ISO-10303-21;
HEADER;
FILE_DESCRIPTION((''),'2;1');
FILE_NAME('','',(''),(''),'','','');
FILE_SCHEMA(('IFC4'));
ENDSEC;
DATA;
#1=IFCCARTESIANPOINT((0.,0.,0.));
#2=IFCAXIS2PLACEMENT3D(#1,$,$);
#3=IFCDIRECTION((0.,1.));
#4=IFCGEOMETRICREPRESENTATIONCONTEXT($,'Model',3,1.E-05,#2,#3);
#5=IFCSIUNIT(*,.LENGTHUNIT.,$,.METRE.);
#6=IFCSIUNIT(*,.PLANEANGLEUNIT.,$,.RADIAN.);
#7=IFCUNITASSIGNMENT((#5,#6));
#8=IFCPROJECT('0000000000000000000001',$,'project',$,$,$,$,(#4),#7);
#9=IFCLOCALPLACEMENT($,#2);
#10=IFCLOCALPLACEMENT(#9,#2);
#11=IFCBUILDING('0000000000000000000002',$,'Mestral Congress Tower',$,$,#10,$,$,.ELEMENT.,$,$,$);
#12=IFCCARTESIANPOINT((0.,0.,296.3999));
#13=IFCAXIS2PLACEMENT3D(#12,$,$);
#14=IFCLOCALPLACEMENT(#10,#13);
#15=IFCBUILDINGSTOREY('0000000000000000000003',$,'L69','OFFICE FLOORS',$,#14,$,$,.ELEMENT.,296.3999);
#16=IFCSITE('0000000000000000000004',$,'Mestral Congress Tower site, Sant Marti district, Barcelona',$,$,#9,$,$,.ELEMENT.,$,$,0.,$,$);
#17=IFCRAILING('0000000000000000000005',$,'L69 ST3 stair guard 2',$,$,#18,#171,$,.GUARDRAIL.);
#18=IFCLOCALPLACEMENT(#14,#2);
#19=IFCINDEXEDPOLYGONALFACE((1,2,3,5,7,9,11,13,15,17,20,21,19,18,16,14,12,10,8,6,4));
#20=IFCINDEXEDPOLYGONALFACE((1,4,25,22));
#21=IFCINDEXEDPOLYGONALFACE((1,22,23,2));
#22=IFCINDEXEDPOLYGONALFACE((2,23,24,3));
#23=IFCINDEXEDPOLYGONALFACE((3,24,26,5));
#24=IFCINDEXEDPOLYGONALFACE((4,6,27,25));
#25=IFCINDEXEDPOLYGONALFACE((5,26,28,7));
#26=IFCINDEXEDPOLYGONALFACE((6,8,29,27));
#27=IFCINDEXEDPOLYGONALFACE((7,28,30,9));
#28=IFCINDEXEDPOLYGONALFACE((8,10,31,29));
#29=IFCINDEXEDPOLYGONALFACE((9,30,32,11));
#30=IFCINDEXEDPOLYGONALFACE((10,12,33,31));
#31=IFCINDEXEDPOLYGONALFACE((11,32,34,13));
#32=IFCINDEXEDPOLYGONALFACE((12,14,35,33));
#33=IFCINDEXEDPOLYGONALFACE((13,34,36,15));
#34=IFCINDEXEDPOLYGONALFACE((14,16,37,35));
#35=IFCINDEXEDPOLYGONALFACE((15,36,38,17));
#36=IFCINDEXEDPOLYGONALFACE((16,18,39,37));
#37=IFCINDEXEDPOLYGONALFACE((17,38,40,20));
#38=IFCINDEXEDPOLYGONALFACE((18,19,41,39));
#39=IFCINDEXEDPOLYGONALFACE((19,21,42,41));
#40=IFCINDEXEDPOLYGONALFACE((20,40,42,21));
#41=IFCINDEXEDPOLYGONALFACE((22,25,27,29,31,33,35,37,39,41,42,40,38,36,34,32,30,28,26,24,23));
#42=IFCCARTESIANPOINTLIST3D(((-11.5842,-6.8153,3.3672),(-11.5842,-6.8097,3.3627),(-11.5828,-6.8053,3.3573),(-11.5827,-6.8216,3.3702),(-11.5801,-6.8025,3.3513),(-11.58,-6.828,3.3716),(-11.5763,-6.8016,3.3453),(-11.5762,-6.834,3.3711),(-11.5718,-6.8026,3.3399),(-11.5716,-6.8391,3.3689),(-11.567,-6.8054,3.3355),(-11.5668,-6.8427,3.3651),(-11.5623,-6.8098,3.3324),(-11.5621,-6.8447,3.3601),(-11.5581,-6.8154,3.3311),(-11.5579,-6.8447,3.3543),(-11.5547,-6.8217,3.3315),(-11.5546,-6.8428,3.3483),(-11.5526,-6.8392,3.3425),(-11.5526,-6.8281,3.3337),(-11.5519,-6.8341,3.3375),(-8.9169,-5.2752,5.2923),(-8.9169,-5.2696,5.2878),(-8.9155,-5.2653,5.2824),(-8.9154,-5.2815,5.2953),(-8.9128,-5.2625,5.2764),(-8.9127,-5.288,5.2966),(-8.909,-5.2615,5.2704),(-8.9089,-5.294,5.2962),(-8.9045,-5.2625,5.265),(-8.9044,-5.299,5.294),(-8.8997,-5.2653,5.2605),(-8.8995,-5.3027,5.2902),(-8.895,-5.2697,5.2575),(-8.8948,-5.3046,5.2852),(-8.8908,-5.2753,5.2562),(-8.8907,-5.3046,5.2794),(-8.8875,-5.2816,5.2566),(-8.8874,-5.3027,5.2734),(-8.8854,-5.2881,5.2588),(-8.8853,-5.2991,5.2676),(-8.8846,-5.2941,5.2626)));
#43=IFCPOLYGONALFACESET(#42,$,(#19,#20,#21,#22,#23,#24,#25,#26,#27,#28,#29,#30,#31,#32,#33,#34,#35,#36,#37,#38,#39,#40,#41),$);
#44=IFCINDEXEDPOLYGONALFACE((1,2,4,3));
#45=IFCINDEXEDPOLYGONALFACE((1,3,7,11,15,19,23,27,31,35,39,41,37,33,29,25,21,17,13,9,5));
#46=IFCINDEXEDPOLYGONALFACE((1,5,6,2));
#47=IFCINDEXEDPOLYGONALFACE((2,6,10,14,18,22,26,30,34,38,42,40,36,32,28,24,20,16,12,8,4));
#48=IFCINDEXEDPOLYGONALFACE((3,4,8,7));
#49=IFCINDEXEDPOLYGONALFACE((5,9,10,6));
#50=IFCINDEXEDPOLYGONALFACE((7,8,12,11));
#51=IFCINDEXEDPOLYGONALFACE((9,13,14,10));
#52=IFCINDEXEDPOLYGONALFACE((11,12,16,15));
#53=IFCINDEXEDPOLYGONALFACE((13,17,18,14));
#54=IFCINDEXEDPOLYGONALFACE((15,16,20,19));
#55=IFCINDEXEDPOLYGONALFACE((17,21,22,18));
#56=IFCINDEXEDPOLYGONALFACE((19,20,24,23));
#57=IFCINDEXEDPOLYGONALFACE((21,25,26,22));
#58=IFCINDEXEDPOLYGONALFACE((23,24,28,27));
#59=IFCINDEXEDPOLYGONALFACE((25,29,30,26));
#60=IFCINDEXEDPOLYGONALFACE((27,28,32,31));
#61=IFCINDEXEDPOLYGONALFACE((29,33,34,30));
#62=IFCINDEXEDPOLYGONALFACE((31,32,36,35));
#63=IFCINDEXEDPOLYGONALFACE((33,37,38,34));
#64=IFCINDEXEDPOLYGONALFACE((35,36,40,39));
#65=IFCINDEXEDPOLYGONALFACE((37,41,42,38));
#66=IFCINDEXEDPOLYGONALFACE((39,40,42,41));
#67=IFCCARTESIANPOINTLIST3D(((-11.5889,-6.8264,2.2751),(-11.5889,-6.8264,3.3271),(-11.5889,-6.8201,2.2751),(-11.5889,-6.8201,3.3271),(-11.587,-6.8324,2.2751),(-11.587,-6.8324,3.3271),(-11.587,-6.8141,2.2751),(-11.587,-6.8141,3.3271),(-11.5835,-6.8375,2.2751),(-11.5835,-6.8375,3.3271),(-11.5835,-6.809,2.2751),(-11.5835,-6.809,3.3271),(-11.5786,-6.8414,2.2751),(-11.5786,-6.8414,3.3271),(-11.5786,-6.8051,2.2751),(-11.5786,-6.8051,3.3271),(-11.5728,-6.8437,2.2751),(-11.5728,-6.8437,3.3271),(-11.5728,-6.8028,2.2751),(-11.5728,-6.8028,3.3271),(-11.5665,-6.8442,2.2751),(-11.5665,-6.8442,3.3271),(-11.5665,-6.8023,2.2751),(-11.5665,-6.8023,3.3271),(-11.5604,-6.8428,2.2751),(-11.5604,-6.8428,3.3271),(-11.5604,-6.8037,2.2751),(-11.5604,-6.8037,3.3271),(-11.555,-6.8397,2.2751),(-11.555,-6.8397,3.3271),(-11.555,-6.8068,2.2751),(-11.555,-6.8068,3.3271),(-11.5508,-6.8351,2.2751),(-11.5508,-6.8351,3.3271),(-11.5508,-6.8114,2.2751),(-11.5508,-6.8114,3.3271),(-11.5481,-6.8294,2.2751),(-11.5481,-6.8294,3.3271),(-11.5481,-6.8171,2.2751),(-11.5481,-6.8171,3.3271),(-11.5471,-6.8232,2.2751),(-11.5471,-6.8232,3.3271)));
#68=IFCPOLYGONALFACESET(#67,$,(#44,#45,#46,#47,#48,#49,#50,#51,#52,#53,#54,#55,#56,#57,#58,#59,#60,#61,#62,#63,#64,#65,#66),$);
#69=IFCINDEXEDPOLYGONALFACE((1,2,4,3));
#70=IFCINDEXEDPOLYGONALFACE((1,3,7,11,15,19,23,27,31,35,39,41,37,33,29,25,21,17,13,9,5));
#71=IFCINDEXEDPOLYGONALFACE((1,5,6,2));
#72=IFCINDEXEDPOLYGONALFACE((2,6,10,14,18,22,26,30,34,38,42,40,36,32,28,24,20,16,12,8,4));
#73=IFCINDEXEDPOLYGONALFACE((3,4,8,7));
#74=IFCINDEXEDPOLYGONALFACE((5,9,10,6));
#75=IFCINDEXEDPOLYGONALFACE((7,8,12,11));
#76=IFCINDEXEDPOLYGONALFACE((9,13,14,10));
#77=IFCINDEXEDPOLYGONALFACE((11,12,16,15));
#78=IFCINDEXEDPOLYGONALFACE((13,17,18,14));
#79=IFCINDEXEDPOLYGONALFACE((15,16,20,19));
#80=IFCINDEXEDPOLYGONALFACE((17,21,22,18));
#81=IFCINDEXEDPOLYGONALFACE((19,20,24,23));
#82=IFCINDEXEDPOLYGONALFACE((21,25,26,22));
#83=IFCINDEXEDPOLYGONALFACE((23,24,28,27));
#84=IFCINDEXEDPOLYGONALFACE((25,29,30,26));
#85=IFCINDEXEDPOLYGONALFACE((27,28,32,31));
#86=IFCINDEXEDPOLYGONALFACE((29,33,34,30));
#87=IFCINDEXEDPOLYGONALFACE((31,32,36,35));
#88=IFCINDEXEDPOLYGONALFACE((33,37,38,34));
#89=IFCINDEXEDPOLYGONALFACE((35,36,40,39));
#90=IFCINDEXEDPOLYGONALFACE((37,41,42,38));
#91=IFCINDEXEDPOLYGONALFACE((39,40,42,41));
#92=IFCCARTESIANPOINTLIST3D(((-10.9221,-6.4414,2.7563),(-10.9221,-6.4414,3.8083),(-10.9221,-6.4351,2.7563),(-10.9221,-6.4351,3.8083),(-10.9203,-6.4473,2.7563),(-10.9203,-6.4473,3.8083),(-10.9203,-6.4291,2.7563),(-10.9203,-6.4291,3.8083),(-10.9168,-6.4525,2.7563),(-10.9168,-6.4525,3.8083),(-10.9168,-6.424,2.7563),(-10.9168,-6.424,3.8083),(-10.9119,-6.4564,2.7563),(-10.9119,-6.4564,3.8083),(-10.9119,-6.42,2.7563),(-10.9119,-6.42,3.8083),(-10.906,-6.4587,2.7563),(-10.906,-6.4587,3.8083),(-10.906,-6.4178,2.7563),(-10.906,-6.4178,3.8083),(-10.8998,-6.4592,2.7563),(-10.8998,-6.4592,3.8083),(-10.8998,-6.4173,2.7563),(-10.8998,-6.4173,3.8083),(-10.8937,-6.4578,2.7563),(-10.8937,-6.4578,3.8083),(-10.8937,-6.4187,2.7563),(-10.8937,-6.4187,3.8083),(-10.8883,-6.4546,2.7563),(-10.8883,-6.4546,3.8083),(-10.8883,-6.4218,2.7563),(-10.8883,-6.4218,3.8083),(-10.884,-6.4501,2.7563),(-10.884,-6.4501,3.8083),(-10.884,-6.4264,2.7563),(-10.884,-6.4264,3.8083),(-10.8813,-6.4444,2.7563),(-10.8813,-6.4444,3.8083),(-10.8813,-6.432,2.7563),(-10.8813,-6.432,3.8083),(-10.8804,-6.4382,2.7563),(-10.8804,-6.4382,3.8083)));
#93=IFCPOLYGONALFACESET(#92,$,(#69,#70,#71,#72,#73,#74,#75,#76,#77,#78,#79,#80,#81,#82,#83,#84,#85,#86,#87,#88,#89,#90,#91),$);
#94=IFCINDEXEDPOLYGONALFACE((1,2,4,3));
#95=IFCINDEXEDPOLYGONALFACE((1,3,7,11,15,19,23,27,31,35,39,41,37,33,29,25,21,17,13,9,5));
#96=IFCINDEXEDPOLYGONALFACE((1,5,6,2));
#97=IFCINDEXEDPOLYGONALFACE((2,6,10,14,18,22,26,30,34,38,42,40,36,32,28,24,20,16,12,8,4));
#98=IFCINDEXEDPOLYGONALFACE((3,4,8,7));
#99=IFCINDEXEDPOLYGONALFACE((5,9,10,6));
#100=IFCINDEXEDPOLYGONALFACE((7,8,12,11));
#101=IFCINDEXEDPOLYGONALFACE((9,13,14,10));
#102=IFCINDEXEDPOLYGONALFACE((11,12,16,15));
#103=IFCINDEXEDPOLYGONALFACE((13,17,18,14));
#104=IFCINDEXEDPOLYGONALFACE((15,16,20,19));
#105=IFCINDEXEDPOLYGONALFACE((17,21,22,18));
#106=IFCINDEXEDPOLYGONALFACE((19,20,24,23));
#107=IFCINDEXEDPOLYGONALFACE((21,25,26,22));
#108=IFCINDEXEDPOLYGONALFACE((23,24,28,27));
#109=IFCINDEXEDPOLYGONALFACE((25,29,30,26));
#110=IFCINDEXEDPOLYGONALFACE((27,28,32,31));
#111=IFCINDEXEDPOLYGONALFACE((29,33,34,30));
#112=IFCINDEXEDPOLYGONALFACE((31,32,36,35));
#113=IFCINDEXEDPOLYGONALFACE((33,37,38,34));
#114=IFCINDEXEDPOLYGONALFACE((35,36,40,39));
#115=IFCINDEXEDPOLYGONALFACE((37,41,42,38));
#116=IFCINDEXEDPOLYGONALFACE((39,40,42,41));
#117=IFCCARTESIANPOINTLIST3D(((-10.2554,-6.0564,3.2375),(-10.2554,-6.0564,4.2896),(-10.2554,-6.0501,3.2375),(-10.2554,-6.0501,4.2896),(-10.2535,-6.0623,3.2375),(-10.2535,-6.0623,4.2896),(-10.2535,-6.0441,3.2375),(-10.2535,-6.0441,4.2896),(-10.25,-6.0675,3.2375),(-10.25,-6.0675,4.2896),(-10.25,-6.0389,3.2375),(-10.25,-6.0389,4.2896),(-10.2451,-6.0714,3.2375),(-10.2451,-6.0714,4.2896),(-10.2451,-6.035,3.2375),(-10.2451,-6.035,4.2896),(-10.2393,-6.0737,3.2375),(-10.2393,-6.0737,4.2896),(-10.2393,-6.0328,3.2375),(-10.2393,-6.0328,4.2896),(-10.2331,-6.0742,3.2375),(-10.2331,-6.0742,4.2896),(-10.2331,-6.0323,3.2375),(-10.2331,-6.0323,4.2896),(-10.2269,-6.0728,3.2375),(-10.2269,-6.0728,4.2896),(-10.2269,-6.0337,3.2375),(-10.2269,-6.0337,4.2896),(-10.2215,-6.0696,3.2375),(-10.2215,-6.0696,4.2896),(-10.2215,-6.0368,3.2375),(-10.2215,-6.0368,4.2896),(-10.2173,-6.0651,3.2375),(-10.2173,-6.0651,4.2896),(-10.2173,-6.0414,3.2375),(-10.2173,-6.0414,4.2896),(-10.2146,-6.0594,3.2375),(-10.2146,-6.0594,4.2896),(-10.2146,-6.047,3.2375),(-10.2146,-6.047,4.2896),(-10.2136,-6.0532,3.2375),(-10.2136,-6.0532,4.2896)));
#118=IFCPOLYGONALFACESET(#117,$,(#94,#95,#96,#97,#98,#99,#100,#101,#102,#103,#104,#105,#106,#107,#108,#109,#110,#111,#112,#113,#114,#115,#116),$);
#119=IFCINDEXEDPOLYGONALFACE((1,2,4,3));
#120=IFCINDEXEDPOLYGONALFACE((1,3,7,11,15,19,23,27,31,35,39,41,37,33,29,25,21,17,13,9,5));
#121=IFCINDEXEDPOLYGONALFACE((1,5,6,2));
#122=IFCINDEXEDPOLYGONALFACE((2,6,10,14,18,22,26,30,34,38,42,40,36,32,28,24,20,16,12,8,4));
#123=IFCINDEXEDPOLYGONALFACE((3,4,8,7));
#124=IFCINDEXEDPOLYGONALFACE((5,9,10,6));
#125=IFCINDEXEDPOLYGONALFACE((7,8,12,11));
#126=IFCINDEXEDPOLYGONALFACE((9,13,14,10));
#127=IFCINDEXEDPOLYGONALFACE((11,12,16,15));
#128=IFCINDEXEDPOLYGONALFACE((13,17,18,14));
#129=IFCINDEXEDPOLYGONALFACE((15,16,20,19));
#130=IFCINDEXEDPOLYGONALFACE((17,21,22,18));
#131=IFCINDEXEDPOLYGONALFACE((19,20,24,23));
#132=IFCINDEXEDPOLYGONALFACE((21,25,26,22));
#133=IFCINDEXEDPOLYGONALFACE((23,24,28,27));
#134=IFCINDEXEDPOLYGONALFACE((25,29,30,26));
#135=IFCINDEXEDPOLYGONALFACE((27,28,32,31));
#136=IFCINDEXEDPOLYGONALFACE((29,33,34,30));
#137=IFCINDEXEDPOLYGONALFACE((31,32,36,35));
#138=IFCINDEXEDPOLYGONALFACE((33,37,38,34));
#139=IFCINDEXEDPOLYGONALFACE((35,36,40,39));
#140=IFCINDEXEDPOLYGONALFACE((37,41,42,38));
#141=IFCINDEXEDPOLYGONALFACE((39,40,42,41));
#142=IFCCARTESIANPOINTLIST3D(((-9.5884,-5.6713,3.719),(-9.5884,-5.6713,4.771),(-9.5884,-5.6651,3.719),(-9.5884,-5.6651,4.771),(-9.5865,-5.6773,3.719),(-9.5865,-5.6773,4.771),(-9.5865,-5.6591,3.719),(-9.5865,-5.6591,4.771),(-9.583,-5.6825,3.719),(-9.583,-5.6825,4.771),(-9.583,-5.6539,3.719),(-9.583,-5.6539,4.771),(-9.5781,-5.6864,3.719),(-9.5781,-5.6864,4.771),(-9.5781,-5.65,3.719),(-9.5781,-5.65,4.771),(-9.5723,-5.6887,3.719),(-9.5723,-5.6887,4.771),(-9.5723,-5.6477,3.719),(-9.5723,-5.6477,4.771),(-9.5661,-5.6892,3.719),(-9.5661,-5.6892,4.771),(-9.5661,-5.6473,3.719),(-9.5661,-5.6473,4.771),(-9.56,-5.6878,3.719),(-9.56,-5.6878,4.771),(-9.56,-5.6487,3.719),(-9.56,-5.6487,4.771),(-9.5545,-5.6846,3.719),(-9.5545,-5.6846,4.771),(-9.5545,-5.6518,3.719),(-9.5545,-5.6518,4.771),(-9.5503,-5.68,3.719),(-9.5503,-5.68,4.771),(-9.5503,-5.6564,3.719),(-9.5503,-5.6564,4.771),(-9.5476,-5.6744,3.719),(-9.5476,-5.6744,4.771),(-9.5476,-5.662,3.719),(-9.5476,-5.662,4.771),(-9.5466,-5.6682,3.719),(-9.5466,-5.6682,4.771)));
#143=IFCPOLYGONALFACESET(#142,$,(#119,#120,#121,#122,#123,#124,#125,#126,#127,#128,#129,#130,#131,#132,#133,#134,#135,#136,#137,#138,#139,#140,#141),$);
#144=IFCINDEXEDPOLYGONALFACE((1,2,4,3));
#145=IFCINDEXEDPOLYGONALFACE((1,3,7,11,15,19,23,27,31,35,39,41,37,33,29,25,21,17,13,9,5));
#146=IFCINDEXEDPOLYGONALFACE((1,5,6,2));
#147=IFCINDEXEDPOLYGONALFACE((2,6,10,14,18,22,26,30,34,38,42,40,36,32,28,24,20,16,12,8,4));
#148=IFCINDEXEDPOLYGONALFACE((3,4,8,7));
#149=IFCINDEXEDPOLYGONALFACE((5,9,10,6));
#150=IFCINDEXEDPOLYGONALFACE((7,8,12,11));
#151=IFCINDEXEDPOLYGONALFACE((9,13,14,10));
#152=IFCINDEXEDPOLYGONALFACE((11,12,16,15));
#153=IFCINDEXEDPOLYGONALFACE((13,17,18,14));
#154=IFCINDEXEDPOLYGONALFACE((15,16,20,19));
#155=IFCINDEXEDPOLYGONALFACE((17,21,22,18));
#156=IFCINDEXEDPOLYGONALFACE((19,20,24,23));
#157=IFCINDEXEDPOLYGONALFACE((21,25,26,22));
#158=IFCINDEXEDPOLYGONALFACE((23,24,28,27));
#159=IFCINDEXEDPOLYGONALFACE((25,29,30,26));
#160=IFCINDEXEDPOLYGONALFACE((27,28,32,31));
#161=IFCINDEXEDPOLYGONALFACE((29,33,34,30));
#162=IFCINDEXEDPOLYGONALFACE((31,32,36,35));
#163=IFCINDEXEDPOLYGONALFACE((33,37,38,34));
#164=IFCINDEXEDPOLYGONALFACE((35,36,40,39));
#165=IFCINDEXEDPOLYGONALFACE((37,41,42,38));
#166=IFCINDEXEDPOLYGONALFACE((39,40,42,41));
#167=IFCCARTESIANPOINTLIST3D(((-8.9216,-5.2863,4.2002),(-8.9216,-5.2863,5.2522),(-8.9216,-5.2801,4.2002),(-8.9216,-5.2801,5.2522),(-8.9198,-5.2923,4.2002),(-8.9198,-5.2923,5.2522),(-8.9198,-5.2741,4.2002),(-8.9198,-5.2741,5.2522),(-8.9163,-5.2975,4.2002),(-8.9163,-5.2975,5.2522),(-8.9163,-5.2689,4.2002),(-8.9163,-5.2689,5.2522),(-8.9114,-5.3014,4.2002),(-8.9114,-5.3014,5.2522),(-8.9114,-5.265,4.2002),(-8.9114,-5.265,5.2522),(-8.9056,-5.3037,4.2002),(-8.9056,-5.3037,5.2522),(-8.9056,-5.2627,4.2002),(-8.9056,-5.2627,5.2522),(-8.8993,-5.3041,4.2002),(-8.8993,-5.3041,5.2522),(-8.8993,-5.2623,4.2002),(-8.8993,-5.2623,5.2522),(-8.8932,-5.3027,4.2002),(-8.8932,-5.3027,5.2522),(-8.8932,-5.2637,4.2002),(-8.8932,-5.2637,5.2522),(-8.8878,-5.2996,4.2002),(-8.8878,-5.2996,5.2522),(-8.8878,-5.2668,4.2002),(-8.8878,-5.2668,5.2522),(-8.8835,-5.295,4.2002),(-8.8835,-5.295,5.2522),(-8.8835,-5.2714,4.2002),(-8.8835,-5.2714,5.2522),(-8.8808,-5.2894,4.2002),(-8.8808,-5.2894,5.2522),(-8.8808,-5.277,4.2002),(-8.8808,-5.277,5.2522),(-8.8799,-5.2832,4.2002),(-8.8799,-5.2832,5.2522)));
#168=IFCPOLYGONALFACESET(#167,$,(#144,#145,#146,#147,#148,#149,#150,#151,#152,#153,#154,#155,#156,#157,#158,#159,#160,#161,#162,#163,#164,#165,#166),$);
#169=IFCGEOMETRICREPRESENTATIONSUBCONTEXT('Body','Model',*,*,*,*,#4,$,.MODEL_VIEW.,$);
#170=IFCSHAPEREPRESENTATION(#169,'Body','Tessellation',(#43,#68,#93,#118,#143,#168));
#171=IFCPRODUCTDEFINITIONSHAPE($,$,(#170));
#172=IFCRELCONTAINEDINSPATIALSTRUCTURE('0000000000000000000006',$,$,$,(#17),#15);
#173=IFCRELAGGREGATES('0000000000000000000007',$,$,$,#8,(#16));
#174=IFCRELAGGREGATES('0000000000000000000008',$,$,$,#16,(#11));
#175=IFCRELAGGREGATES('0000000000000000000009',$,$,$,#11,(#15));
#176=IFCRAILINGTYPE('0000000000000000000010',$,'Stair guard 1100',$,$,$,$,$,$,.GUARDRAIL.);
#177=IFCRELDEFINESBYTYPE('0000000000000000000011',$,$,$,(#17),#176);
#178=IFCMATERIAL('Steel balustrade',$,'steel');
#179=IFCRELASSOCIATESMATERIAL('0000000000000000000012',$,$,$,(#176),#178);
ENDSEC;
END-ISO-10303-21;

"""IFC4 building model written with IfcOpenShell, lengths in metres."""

from ifc_helpers import new_model, si_unit, direction, frame, origin, origin_2d, place, context, subcontext, project, spatial, circle, extrude, material, type_object, element, save


model = new_model("IFC4")

# Units and contexts
model_context = context("Model", 3, precision=1e-05, world=origin(), true_north=direction((0.0, 1.0)))
body_context = subcontext(model_context, "Body", "Model", "MODEL_VIEW")
ifc_project = project(units=[si_unit("LENGTHUNIT", "METRE"), si_unit("PLANEANGLEUNIT", "RADIAN")], contexts=[model_context])

# Site, building, storey
site_placement = place(None, origin())
site = spatial("IfcSite", under=ifc_project, at=site_placement, Name="Mestral Congress Tower site, Sant Marti district, Barcelona", CompositionType="ELEMENT", RefElevation=0.0)
building_placement = place(site_placement, origin())
building = spatial("IfcBuilding", under=site, at=building_placement, Name="Mestral Congress Tower", CompositionType="ELEMENT")
storey_placement = place(building_placement, frame((0.0, 0.0, 296.3999)))
storey = spatial("IfcBuildingStorey", under=building, at=storey_placement, Name="L69", Description="OFFICE FLOORS", CompositionType="ELEMENT", Elevation=296.3999)

# Railing
ifc_material_1 = material(Name="Steel balustrade", Category="steel")
railing_type = type_object("IfcRailingType", Name="Stair guard 1100", PredefinedType="GUARDRAIL", material=ifc_material_1)
railing_placement = place(storey_placement, frame((-11.5681, -6.8232, 2.2751)))
element("IfcRailing", 1, at=railing_placement, inside=storey, type_object=railing_type, Name="L69 ST3 stair guard 2", PredefinedType="GUARDRAIL", context=body_context, shape_type="SweptSolid", body=[
    extrude(circle(Radius=0.0239, at=origin_2d()), frame((0.0, 0.0, 1.0762), z_axis=(0.734364, 0.424015, 0.530019), x_axis=(-0.500027, 0.86601, 0.0)), (0.0, 0.0, 1.0), 3.6321),
    extrude(circle(Radius=0.021, at=origin_2d()), origin(), (0.0, 0.0, 1.0), 1.052),
    extrude(circle(Radius=0.021, at=origin_2d()), frame((0.6667, 0.385, 0.4812)), (0.0, 0.0, 1.0), 1.052),
    extrude(circle(Radius=0.021, at=origin_2d()), frame((1.3335, 0.77, 0.9624)), (0.0, 0.0, 1.0), 1.052),
    extrude(circle(Radius=0.021, at=origin_2d()), frame((2.0005, 1.155, 1.4438)), (0.0, 0.0, 1.0), 1.052),
    extrude(circle(Radius=0.021, at=origin_2d()), frame((2.6672, 1.54, 1.925)), (0.0, 0.0, 1.0), 1.052),
])

save(model, "model.ifc")
